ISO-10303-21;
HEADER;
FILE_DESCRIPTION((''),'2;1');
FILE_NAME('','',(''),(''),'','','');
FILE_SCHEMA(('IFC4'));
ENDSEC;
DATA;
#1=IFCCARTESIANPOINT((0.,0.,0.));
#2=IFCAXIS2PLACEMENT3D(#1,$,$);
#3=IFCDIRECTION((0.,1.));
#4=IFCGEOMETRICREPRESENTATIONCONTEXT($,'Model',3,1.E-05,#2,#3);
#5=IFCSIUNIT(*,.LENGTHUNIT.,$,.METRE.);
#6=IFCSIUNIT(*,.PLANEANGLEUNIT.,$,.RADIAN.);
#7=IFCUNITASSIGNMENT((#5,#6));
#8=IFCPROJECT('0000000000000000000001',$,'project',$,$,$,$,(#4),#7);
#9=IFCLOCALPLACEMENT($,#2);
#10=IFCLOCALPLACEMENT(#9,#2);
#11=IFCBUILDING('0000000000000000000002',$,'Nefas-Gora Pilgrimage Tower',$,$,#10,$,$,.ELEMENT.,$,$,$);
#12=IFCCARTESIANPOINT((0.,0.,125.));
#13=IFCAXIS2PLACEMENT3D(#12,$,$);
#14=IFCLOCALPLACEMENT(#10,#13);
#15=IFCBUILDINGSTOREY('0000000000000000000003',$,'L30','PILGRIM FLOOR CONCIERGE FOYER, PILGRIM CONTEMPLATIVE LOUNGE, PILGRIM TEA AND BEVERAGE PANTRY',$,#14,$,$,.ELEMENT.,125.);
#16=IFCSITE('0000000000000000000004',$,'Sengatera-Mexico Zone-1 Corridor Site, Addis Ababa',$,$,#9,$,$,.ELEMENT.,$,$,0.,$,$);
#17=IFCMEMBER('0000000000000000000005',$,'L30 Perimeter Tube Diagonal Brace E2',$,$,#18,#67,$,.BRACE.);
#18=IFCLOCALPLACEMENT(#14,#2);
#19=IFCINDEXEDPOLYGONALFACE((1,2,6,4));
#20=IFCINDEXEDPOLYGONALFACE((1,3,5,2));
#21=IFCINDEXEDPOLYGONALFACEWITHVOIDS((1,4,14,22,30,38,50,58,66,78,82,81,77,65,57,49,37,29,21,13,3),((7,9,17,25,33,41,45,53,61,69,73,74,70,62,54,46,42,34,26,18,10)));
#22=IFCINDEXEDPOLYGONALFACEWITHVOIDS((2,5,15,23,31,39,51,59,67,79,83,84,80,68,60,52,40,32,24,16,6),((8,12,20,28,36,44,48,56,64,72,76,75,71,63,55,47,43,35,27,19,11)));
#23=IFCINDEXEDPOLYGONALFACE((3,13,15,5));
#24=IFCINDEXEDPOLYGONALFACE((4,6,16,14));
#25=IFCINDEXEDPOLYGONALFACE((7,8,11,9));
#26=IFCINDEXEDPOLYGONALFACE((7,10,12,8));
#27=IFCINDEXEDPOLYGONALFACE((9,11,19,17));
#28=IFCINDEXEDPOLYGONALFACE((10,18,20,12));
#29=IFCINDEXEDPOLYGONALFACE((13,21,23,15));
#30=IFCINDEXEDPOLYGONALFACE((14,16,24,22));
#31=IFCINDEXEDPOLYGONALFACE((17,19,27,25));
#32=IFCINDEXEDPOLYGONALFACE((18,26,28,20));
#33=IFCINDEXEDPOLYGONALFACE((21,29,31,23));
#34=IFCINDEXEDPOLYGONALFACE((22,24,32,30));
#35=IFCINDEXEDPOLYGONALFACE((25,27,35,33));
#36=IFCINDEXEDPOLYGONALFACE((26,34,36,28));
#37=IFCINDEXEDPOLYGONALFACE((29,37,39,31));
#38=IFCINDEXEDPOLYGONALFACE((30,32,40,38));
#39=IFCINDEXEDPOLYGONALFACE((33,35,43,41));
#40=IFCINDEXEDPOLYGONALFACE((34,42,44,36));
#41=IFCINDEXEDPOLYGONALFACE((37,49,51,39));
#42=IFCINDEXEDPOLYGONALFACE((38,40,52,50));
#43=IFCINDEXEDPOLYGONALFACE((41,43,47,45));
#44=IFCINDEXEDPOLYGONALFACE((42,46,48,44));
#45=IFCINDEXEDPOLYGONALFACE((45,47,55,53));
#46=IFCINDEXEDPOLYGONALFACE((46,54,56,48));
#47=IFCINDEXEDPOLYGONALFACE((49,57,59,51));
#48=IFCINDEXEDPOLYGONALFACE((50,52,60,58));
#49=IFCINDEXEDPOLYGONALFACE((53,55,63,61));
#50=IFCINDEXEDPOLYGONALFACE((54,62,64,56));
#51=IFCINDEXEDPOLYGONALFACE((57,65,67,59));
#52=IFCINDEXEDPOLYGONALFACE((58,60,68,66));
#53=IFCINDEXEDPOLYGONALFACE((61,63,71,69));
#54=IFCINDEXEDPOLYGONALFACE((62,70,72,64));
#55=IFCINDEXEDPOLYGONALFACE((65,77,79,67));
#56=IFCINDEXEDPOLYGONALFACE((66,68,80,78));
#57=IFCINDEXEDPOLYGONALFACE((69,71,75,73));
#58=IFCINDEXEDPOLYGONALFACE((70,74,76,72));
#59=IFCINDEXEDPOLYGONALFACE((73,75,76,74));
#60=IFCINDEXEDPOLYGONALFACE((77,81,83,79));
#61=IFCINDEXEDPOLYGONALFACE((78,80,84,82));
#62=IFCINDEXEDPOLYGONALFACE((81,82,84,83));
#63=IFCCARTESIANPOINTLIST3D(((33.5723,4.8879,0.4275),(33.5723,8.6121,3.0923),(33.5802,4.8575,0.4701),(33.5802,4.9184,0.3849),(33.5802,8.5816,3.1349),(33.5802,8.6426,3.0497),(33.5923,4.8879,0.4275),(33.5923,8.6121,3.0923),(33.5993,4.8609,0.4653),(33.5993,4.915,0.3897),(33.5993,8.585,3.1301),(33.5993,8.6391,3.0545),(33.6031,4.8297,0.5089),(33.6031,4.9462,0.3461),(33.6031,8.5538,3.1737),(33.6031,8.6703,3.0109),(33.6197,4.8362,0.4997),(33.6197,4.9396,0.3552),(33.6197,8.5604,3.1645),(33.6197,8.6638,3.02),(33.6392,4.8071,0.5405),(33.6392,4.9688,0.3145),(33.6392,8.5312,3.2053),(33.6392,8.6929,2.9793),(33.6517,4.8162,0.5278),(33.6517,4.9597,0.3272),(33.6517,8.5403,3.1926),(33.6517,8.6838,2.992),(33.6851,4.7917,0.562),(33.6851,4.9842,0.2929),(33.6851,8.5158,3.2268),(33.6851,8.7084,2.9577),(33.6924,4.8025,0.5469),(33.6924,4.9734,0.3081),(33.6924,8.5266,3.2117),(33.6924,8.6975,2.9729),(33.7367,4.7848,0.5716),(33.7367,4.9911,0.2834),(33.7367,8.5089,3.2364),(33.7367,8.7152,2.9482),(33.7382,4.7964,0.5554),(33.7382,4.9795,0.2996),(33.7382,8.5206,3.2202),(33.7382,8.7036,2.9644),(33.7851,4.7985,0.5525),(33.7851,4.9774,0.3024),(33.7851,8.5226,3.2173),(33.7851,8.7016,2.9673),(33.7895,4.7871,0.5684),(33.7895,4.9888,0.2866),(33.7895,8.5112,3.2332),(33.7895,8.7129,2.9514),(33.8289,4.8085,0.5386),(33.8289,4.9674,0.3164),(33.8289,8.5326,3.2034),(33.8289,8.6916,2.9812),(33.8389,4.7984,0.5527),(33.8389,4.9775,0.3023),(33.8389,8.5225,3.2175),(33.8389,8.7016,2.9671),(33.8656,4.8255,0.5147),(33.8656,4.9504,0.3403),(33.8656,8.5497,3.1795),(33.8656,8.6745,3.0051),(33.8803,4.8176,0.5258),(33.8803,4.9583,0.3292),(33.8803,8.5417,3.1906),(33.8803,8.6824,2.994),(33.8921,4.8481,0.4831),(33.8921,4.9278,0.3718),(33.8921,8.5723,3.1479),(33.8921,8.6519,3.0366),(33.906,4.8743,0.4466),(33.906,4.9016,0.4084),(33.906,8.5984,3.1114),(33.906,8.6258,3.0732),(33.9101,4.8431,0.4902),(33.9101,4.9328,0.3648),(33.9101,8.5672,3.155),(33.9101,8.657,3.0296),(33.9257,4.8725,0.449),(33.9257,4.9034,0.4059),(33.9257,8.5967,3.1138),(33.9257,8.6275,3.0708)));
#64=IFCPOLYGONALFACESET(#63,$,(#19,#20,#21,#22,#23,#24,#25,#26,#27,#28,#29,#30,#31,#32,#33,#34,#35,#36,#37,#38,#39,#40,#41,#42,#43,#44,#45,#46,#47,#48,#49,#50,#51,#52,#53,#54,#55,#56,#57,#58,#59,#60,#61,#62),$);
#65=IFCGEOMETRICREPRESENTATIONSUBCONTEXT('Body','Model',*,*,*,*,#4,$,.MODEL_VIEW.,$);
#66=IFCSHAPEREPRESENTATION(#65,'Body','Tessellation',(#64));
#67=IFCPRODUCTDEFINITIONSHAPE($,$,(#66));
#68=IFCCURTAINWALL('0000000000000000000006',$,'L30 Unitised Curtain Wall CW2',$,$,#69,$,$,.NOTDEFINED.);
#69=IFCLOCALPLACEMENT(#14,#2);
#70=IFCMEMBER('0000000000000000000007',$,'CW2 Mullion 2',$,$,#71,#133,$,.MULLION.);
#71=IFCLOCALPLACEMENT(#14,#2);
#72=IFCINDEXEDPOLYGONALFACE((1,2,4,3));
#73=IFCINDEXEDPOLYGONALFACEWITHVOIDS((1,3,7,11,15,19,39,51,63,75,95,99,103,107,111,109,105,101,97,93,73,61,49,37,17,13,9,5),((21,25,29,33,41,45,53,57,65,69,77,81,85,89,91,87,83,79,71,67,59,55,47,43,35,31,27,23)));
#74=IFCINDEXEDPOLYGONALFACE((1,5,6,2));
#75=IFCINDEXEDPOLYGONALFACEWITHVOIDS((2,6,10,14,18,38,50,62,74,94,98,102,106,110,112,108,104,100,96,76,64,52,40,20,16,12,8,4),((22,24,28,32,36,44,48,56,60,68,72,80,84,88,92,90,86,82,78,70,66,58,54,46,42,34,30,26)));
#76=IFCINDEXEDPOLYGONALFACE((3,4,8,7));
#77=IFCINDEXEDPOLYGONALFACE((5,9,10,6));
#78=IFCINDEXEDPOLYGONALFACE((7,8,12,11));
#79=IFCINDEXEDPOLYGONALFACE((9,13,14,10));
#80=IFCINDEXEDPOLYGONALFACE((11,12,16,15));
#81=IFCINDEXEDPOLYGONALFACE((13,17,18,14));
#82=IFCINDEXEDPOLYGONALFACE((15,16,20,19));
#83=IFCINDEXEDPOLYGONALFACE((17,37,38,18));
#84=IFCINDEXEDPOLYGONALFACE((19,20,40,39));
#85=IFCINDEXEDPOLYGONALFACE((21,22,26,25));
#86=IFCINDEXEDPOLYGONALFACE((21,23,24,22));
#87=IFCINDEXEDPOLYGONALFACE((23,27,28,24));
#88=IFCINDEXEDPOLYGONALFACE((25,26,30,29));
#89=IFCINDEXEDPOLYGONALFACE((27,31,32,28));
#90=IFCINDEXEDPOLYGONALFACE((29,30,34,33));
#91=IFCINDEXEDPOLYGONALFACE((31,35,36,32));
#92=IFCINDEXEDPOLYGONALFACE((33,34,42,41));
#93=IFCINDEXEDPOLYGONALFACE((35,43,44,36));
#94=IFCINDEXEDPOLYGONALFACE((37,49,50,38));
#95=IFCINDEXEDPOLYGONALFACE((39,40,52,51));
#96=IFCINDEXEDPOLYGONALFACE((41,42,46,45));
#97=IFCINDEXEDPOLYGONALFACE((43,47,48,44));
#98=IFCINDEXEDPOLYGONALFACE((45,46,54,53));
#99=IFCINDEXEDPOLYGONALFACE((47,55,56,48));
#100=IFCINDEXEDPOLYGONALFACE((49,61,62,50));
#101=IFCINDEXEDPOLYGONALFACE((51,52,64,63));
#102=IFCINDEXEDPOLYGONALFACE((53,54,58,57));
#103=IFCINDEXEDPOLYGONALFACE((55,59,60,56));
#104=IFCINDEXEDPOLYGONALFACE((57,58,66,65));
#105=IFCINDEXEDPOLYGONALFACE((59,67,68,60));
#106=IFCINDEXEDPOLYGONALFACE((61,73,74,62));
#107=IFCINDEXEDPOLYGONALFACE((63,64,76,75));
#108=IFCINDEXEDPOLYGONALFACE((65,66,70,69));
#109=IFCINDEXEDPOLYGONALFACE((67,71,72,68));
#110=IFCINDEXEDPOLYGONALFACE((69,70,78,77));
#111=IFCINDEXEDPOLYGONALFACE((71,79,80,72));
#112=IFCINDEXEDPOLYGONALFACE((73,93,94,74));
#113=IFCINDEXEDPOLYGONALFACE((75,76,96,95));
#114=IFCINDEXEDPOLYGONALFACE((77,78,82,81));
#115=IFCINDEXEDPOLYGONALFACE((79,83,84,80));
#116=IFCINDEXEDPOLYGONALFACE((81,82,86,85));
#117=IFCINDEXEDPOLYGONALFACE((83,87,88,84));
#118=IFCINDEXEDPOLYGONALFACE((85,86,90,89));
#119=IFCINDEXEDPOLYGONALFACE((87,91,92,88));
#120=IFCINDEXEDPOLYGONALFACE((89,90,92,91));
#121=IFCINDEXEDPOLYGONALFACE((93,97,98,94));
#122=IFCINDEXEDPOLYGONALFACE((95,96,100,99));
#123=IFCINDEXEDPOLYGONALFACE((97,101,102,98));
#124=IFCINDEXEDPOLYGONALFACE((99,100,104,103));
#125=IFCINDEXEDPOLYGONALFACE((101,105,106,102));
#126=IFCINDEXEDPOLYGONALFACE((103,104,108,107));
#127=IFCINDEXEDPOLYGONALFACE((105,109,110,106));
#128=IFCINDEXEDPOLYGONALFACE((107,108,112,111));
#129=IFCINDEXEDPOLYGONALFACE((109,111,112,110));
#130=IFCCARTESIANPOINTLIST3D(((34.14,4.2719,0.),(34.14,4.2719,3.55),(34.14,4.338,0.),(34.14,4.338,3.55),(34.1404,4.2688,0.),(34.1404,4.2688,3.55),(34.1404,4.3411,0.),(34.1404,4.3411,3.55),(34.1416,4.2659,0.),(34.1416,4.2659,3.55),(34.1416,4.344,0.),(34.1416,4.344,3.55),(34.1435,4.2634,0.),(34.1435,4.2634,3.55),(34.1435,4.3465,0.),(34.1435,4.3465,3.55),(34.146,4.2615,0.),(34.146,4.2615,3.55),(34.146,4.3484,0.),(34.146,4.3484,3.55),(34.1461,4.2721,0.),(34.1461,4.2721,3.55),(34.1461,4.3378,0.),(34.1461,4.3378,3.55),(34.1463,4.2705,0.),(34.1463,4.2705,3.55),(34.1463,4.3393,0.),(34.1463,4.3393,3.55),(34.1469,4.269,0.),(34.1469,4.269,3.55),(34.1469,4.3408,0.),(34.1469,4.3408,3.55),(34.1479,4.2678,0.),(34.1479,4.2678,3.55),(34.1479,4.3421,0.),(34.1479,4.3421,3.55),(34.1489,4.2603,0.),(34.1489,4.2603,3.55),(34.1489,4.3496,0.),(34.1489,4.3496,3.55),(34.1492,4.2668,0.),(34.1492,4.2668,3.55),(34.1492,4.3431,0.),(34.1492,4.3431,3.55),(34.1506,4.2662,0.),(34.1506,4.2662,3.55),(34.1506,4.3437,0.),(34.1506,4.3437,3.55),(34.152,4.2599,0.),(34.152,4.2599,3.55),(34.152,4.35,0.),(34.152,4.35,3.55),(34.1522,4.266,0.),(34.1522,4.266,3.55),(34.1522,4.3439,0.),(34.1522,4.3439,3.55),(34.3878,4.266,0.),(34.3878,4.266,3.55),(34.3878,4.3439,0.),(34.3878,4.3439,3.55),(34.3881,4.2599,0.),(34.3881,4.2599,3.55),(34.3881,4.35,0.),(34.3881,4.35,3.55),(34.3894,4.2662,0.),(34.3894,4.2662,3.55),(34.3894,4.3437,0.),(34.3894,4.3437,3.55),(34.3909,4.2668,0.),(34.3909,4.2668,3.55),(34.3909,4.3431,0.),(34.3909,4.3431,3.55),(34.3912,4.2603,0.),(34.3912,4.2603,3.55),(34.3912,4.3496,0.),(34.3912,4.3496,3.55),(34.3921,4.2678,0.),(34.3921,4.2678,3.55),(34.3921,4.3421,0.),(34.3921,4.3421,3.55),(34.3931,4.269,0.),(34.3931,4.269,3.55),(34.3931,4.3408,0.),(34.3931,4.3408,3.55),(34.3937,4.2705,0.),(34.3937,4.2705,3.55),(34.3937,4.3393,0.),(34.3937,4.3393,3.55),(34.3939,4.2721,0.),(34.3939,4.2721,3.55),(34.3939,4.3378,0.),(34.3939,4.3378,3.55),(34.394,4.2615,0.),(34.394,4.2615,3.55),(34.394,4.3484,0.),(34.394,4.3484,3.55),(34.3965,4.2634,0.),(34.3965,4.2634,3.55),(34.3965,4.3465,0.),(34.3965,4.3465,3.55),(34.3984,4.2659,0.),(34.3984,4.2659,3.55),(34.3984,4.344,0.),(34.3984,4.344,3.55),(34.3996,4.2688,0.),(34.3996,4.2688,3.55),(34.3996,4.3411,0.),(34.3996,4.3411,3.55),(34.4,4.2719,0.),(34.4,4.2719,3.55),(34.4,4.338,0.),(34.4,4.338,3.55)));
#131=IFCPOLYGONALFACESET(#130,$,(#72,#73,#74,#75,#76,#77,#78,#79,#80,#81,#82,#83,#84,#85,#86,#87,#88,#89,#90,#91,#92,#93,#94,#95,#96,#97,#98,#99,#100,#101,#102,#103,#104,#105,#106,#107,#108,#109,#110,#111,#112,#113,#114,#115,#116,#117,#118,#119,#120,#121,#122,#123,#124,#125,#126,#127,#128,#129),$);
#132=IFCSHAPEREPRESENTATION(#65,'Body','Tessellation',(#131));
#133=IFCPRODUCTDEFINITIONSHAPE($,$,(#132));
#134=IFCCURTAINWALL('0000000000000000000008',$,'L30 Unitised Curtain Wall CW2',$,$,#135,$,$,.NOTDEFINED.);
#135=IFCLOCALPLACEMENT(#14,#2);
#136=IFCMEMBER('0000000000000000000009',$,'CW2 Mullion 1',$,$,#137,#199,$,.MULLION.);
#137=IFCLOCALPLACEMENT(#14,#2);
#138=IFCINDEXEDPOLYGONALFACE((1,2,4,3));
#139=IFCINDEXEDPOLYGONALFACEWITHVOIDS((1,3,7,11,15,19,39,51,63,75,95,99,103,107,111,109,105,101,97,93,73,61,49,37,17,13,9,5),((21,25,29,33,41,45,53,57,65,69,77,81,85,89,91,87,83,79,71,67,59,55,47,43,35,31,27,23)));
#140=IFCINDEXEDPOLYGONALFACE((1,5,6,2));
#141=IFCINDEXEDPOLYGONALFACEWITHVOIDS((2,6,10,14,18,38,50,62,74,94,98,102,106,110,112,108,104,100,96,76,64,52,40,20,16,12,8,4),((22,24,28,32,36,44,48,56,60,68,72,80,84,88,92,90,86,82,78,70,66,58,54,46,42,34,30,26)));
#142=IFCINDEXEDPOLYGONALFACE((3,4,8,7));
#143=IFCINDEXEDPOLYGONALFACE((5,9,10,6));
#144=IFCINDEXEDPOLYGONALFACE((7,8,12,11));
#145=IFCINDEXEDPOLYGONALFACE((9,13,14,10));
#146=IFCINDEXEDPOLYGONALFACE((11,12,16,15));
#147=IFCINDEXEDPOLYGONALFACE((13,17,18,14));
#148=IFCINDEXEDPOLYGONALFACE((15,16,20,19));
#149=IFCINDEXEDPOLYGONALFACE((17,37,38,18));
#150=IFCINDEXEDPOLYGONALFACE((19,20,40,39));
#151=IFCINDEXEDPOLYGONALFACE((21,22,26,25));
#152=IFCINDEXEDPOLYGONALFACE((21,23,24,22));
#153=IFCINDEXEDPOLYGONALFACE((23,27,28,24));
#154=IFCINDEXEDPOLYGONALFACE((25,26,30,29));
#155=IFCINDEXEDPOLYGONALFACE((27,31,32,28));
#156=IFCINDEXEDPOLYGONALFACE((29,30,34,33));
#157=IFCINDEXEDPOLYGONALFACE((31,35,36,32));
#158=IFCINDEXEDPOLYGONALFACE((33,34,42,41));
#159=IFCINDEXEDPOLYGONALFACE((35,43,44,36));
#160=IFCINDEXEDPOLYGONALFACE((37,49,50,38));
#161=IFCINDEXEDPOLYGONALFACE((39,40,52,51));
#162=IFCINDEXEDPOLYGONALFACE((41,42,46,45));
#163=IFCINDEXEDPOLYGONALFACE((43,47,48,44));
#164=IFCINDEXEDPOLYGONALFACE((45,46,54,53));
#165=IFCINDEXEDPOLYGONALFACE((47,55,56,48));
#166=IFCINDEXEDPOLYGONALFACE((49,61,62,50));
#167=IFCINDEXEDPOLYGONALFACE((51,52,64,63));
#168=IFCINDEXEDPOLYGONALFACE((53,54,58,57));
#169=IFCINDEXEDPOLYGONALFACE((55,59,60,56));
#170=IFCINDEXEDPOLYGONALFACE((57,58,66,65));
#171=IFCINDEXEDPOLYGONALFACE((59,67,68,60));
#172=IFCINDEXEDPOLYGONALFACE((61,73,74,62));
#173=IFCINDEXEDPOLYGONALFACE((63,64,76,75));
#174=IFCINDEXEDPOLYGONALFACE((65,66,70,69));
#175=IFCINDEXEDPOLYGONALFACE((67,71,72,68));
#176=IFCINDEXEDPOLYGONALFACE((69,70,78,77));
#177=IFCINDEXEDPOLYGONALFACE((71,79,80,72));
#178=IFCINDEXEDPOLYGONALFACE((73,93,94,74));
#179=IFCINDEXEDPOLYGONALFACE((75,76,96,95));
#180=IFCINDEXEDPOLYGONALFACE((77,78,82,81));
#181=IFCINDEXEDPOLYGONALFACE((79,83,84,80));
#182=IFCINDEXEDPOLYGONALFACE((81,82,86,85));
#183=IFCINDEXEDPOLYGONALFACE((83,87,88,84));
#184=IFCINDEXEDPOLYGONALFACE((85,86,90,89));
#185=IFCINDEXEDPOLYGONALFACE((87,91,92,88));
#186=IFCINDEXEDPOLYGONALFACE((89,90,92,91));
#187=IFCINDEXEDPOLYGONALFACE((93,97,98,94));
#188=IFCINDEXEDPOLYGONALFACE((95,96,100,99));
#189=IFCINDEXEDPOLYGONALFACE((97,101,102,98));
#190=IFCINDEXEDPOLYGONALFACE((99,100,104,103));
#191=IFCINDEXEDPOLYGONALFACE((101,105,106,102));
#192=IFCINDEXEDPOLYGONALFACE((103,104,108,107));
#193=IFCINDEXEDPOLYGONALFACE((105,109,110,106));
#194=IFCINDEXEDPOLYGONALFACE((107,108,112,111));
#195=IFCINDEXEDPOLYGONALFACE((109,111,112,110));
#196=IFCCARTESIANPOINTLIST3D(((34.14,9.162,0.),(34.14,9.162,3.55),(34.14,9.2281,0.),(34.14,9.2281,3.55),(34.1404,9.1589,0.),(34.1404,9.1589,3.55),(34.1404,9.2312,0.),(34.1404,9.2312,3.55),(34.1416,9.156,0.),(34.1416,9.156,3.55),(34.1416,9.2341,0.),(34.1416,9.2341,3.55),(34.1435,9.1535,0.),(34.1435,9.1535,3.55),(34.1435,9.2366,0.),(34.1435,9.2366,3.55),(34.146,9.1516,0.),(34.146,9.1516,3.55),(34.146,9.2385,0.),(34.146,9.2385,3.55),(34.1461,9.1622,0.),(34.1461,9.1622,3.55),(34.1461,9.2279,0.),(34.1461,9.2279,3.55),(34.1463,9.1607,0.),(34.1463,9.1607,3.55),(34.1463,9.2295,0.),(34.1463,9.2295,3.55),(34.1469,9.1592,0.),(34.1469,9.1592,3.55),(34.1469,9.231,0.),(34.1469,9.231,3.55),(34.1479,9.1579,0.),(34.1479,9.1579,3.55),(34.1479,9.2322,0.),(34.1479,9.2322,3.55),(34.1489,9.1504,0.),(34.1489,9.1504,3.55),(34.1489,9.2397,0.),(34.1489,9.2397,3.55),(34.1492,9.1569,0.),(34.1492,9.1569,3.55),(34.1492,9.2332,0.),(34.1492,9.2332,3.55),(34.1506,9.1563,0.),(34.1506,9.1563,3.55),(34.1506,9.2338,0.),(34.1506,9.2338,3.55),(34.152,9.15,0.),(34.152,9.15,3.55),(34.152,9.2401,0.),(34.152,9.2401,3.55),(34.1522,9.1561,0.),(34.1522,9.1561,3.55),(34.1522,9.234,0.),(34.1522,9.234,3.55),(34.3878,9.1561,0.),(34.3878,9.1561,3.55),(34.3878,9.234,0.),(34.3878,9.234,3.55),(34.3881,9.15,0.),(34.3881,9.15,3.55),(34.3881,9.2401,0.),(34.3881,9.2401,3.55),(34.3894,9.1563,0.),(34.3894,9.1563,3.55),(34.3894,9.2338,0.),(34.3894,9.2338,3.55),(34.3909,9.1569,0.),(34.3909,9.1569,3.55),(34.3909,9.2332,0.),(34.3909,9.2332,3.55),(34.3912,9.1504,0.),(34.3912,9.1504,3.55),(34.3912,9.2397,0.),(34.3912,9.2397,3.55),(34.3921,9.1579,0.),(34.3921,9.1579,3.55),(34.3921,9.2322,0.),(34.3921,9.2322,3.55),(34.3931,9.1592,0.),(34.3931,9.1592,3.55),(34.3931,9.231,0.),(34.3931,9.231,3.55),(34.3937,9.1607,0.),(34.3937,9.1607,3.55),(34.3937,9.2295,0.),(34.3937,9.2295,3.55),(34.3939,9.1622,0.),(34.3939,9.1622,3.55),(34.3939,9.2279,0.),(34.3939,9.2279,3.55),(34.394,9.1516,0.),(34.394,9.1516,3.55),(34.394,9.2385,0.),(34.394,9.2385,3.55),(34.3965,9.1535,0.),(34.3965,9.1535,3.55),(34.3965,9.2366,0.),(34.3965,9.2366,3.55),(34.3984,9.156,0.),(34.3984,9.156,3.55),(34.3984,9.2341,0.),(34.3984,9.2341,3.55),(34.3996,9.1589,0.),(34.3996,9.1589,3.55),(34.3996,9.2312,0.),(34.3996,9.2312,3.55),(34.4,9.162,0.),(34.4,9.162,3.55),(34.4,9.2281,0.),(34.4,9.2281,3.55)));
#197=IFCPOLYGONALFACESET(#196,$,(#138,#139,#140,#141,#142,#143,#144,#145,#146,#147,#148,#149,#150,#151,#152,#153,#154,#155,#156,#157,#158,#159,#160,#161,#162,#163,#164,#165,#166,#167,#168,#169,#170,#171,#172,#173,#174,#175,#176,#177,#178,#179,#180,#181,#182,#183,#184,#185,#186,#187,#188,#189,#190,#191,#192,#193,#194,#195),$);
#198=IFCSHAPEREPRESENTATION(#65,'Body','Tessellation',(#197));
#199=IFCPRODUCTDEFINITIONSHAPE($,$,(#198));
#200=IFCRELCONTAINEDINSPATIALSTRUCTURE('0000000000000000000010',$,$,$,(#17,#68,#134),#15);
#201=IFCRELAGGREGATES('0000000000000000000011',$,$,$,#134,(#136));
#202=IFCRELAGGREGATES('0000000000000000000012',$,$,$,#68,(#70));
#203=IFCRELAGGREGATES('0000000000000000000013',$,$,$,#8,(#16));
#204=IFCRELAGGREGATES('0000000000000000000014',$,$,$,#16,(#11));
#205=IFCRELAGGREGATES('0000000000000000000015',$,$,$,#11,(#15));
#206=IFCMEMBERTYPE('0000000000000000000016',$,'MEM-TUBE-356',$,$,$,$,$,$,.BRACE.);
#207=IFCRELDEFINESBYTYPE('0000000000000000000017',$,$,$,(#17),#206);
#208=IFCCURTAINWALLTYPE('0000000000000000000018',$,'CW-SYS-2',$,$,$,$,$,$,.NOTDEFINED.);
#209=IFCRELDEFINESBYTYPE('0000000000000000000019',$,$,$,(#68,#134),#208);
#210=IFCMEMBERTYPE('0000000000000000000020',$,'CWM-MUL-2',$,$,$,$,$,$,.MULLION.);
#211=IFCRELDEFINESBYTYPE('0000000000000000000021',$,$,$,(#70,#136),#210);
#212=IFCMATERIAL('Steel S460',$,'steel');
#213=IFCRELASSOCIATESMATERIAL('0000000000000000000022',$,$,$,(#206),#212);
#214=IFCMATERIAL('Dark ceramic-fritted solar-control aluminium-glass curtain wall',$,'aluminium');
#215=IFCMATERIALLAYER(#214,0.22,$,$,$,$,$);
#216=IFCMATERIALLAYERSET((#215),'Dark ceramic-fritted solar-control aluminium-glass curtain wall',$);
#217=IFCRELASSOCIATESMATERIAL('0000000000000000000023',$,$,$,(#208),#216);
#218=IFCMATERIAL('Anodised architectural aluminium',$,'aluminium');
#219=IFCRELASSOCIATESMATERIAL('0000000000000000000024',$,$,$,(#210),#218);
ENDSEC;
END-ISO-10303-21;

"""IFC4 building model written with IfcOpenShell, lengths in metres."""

from ifc_helpers import new_model, si_unit, direction, frame, origin, origin_2d, place, context, subcontext, project, spatial, hollow_rectangle, hollow_circle, extrude, source, transform, mapped, material, layer, layer_set, material_profile, profile_set, type_object, element, aggregate, save


model = new_model("IFC4")

# Units and contexts
model_context = context("Model", 3, precision=1e-05, world=origin(), true_north=direction((0.0, 1.0)))
body_context = subcontext(model_context, "Body", "Model", "MODEL_VIEW")
ifc_project = project(units=[si_unit("LENGTHUNIT", "METRE"), si_unit("PLANEANGLEUNIT", "RADIAN")], contexts=[model_context])

# Site, building, storey
site_placement = place(None, origin())
site = spatial("IfcSite", under=ifc_project, at=site_placement, Name="Sengatera-Mexico Zone-1 Corridor Site, Addis Ababa", CompositionType="ELEMENT", RefElevation=0.0)
building_placement = place(site_placement, origin())
building = spatial("IfcBuilding", under=site, at=building_placement, Name="Nefas-Gora Pilgrimage Tower", CompositionType="ELEMENT")
storey_placement = place(building_placement, frame((0.0, 0.0, 125.0)))
storey = spatial("IfcBuildingStorey", under=building, at=storey_placement, Name="L30", Description="PILGRIM FLOOR CONCIERGE FOYER, PILGRIM CONTEMPLATIVE LOUNGE, PILGRIM TEA AND BEVERAGE PANTRY", CompositionType="ELEMENT", Elevation=125.0)

# Shared definitions
ifc_material_1 = material(Name="Steel S460", Category="steel")

# Member
ifc_material_profile_1 = material_profile(ifc_material_1, hollow_circle(Radius=0.1777, WallThickness=0.02, at=origin_2d()), Name="CHS 355.6x20")
ifc_profile_set_1 = profile_set([ifc_material_profile_1], Name="Steel S460")
member_type_1 = type_object("IfcMemberType", Name="MEM-TUBE-356", PredefinedType="BRACE", material=ifc_profile_set_1)
shared_shape_1 = source(origin(), body_context, "Body", "SweptSolid", [
    extrude(hollow_circle(Radius=0.1777, WallThickness=0.02, at=origin_2d()), origin(), (0.0, 0.0, 1.0), 4.5793),
])
member_1_placement = place(storey_placement, frame((33.75, 4.8879, 0.4275), z_axis=(0.0, 0.813247, 0.581919), x_axis=(-1.0, 0.0, 0.0)))
element("IfcMember", 1, at=member_1_placement, inside=storey, type_object=member_type_1, Name="L30 Perimeter Tube Diagonal Brace E2", PredefinedType="BRACE", context=body_context, shape_type="MappedRepresentation", body=[
    mapped(shared_shape_1, transform((0.0, 0.0, 0.0), x_axis=(1.0, 0.0, 0.0), y_axis=(0.0, 1.0, 0.0), z_axis=(0.0, 0.0, 1.0), scale=1.0)),
])

# Curtain walls, members
ifc_material_2 = material(Name="Dark ceramic-fritted solar-control aluminium-glass curtain wall", Category="aluminium")
ifc_layer_1 = layer(ifc_material_2, 0.22)
ifc_layer_set_1 = layer_set([ifc_layer_1], Name="Dark ceramic-fritted solar-control aluminium-glass curtain wall")
curtain_wall_type = type_object("IfcCurtainWallType", Name="CW-SYS-2", PredefinedType="NOTDEFINED", material=ifc_layer_set_1)
curtain_wall_1_placement = place(storey_placement, origin())
curtain_wall_1 = element("IfcCurtainWall", 2, at=curtain_wall_1_placement, inside=storey, type_object=curtain_wall_type, Name="L30 Unitised Curtain Wall CW2", PredefinedType="NOTDEFINED")
ifc_material_3 = material(Name="Anodised architectural aluminium", Category="aluminium")
ifc_material_profile_2 = material_profile(ifc_material_3, hollow_rectangle(XDim=0.0901, YDim=0.26, WallThickness=0.0061, InnerFilletRadius=0.0061, OuterFilletRadius=0.012, at=origin_2d()), Name="ALU MULLION 90x260")
ifc_profile_set_2 = profile_set([ifc_material_profile_2], Name="Anodised architectural aluminium")
member_type_2 = type_object("IfcMemberType", Name="CWM-MUL-2", PredefinedType="MULLION", material=ifc_profile_set_2)
shared_shape_2 = source(origin(), body_context, "Body", "SweptSolid", [
    extrude(hollow_rectangle(XDim=0.0901, YDim=0.26, WallThickness=0.0061, InnerFilletRadius=0.0061, OuterFilletRadius=0.012, at=origin_2d()), origin(), (0.0, 0.0, 1.0), 3.55),
])
member_2_placement = place(storey_placement, frame((34.27, 4.3049, 0.0), z_axis=(0.0, 0.0, 1.0), x_axis=(0.0, 1.0, 0.0)))
member_2 = element("IfcMember", 3, at=member_2_placement, type_object=member_type_2, Name="CW2 Mullion 2", PredefinedType="MULLION", context=body_context, shape_type="MappedRepresentation", body=[
    mapped(shared_shape_2, transform((0.0, 0.0, 0.0), x_axis=(1.0, 0.0, 0.0), y_axis=(0.0, 1.0, 0.0), z_axis=(0.0, 0.0, 1.0), scale=1.0)),
])
curtain_wall_2_placement = place(storey_placement, origin())
curtain_wall_2 = element("IfcCurtainWall", 4, at=curtain_wall_2_placement, inside=storey, type_object=curtain_wall_type, Name="L30 Unitised Curtain Wall CW2", PredefinedType="NOTDEFINED")
member_3_placement = place(storey_placement, frame((34.27, 9.1951, 0.0), z_axis=(0.0, 0.0, 1.0), x_axis=(0.0, 1.0, 0.0)))
member_3 = element("IfcMember", 5, at=member_3_placement, type_object=member_type_2, Name="CW2 Mullion 1", PredefinedType="MULLION", context=body_context, shape_type="MappedRepresentation", body=[
    mapped(shared_shape_2, transform((0.0, 0.0, 0.0), x_axis=(1.0, 0.0, 0.0), y_axis=(0.0, 1.0, 0.0), z_axis=(0.0, 0.0, 1.0), scale=1.0)),
])
aggregate(curtain_wall_2, [member_3])

aggregate(curtain_wall_1, [member_2])

save(model, "model.ifc")
